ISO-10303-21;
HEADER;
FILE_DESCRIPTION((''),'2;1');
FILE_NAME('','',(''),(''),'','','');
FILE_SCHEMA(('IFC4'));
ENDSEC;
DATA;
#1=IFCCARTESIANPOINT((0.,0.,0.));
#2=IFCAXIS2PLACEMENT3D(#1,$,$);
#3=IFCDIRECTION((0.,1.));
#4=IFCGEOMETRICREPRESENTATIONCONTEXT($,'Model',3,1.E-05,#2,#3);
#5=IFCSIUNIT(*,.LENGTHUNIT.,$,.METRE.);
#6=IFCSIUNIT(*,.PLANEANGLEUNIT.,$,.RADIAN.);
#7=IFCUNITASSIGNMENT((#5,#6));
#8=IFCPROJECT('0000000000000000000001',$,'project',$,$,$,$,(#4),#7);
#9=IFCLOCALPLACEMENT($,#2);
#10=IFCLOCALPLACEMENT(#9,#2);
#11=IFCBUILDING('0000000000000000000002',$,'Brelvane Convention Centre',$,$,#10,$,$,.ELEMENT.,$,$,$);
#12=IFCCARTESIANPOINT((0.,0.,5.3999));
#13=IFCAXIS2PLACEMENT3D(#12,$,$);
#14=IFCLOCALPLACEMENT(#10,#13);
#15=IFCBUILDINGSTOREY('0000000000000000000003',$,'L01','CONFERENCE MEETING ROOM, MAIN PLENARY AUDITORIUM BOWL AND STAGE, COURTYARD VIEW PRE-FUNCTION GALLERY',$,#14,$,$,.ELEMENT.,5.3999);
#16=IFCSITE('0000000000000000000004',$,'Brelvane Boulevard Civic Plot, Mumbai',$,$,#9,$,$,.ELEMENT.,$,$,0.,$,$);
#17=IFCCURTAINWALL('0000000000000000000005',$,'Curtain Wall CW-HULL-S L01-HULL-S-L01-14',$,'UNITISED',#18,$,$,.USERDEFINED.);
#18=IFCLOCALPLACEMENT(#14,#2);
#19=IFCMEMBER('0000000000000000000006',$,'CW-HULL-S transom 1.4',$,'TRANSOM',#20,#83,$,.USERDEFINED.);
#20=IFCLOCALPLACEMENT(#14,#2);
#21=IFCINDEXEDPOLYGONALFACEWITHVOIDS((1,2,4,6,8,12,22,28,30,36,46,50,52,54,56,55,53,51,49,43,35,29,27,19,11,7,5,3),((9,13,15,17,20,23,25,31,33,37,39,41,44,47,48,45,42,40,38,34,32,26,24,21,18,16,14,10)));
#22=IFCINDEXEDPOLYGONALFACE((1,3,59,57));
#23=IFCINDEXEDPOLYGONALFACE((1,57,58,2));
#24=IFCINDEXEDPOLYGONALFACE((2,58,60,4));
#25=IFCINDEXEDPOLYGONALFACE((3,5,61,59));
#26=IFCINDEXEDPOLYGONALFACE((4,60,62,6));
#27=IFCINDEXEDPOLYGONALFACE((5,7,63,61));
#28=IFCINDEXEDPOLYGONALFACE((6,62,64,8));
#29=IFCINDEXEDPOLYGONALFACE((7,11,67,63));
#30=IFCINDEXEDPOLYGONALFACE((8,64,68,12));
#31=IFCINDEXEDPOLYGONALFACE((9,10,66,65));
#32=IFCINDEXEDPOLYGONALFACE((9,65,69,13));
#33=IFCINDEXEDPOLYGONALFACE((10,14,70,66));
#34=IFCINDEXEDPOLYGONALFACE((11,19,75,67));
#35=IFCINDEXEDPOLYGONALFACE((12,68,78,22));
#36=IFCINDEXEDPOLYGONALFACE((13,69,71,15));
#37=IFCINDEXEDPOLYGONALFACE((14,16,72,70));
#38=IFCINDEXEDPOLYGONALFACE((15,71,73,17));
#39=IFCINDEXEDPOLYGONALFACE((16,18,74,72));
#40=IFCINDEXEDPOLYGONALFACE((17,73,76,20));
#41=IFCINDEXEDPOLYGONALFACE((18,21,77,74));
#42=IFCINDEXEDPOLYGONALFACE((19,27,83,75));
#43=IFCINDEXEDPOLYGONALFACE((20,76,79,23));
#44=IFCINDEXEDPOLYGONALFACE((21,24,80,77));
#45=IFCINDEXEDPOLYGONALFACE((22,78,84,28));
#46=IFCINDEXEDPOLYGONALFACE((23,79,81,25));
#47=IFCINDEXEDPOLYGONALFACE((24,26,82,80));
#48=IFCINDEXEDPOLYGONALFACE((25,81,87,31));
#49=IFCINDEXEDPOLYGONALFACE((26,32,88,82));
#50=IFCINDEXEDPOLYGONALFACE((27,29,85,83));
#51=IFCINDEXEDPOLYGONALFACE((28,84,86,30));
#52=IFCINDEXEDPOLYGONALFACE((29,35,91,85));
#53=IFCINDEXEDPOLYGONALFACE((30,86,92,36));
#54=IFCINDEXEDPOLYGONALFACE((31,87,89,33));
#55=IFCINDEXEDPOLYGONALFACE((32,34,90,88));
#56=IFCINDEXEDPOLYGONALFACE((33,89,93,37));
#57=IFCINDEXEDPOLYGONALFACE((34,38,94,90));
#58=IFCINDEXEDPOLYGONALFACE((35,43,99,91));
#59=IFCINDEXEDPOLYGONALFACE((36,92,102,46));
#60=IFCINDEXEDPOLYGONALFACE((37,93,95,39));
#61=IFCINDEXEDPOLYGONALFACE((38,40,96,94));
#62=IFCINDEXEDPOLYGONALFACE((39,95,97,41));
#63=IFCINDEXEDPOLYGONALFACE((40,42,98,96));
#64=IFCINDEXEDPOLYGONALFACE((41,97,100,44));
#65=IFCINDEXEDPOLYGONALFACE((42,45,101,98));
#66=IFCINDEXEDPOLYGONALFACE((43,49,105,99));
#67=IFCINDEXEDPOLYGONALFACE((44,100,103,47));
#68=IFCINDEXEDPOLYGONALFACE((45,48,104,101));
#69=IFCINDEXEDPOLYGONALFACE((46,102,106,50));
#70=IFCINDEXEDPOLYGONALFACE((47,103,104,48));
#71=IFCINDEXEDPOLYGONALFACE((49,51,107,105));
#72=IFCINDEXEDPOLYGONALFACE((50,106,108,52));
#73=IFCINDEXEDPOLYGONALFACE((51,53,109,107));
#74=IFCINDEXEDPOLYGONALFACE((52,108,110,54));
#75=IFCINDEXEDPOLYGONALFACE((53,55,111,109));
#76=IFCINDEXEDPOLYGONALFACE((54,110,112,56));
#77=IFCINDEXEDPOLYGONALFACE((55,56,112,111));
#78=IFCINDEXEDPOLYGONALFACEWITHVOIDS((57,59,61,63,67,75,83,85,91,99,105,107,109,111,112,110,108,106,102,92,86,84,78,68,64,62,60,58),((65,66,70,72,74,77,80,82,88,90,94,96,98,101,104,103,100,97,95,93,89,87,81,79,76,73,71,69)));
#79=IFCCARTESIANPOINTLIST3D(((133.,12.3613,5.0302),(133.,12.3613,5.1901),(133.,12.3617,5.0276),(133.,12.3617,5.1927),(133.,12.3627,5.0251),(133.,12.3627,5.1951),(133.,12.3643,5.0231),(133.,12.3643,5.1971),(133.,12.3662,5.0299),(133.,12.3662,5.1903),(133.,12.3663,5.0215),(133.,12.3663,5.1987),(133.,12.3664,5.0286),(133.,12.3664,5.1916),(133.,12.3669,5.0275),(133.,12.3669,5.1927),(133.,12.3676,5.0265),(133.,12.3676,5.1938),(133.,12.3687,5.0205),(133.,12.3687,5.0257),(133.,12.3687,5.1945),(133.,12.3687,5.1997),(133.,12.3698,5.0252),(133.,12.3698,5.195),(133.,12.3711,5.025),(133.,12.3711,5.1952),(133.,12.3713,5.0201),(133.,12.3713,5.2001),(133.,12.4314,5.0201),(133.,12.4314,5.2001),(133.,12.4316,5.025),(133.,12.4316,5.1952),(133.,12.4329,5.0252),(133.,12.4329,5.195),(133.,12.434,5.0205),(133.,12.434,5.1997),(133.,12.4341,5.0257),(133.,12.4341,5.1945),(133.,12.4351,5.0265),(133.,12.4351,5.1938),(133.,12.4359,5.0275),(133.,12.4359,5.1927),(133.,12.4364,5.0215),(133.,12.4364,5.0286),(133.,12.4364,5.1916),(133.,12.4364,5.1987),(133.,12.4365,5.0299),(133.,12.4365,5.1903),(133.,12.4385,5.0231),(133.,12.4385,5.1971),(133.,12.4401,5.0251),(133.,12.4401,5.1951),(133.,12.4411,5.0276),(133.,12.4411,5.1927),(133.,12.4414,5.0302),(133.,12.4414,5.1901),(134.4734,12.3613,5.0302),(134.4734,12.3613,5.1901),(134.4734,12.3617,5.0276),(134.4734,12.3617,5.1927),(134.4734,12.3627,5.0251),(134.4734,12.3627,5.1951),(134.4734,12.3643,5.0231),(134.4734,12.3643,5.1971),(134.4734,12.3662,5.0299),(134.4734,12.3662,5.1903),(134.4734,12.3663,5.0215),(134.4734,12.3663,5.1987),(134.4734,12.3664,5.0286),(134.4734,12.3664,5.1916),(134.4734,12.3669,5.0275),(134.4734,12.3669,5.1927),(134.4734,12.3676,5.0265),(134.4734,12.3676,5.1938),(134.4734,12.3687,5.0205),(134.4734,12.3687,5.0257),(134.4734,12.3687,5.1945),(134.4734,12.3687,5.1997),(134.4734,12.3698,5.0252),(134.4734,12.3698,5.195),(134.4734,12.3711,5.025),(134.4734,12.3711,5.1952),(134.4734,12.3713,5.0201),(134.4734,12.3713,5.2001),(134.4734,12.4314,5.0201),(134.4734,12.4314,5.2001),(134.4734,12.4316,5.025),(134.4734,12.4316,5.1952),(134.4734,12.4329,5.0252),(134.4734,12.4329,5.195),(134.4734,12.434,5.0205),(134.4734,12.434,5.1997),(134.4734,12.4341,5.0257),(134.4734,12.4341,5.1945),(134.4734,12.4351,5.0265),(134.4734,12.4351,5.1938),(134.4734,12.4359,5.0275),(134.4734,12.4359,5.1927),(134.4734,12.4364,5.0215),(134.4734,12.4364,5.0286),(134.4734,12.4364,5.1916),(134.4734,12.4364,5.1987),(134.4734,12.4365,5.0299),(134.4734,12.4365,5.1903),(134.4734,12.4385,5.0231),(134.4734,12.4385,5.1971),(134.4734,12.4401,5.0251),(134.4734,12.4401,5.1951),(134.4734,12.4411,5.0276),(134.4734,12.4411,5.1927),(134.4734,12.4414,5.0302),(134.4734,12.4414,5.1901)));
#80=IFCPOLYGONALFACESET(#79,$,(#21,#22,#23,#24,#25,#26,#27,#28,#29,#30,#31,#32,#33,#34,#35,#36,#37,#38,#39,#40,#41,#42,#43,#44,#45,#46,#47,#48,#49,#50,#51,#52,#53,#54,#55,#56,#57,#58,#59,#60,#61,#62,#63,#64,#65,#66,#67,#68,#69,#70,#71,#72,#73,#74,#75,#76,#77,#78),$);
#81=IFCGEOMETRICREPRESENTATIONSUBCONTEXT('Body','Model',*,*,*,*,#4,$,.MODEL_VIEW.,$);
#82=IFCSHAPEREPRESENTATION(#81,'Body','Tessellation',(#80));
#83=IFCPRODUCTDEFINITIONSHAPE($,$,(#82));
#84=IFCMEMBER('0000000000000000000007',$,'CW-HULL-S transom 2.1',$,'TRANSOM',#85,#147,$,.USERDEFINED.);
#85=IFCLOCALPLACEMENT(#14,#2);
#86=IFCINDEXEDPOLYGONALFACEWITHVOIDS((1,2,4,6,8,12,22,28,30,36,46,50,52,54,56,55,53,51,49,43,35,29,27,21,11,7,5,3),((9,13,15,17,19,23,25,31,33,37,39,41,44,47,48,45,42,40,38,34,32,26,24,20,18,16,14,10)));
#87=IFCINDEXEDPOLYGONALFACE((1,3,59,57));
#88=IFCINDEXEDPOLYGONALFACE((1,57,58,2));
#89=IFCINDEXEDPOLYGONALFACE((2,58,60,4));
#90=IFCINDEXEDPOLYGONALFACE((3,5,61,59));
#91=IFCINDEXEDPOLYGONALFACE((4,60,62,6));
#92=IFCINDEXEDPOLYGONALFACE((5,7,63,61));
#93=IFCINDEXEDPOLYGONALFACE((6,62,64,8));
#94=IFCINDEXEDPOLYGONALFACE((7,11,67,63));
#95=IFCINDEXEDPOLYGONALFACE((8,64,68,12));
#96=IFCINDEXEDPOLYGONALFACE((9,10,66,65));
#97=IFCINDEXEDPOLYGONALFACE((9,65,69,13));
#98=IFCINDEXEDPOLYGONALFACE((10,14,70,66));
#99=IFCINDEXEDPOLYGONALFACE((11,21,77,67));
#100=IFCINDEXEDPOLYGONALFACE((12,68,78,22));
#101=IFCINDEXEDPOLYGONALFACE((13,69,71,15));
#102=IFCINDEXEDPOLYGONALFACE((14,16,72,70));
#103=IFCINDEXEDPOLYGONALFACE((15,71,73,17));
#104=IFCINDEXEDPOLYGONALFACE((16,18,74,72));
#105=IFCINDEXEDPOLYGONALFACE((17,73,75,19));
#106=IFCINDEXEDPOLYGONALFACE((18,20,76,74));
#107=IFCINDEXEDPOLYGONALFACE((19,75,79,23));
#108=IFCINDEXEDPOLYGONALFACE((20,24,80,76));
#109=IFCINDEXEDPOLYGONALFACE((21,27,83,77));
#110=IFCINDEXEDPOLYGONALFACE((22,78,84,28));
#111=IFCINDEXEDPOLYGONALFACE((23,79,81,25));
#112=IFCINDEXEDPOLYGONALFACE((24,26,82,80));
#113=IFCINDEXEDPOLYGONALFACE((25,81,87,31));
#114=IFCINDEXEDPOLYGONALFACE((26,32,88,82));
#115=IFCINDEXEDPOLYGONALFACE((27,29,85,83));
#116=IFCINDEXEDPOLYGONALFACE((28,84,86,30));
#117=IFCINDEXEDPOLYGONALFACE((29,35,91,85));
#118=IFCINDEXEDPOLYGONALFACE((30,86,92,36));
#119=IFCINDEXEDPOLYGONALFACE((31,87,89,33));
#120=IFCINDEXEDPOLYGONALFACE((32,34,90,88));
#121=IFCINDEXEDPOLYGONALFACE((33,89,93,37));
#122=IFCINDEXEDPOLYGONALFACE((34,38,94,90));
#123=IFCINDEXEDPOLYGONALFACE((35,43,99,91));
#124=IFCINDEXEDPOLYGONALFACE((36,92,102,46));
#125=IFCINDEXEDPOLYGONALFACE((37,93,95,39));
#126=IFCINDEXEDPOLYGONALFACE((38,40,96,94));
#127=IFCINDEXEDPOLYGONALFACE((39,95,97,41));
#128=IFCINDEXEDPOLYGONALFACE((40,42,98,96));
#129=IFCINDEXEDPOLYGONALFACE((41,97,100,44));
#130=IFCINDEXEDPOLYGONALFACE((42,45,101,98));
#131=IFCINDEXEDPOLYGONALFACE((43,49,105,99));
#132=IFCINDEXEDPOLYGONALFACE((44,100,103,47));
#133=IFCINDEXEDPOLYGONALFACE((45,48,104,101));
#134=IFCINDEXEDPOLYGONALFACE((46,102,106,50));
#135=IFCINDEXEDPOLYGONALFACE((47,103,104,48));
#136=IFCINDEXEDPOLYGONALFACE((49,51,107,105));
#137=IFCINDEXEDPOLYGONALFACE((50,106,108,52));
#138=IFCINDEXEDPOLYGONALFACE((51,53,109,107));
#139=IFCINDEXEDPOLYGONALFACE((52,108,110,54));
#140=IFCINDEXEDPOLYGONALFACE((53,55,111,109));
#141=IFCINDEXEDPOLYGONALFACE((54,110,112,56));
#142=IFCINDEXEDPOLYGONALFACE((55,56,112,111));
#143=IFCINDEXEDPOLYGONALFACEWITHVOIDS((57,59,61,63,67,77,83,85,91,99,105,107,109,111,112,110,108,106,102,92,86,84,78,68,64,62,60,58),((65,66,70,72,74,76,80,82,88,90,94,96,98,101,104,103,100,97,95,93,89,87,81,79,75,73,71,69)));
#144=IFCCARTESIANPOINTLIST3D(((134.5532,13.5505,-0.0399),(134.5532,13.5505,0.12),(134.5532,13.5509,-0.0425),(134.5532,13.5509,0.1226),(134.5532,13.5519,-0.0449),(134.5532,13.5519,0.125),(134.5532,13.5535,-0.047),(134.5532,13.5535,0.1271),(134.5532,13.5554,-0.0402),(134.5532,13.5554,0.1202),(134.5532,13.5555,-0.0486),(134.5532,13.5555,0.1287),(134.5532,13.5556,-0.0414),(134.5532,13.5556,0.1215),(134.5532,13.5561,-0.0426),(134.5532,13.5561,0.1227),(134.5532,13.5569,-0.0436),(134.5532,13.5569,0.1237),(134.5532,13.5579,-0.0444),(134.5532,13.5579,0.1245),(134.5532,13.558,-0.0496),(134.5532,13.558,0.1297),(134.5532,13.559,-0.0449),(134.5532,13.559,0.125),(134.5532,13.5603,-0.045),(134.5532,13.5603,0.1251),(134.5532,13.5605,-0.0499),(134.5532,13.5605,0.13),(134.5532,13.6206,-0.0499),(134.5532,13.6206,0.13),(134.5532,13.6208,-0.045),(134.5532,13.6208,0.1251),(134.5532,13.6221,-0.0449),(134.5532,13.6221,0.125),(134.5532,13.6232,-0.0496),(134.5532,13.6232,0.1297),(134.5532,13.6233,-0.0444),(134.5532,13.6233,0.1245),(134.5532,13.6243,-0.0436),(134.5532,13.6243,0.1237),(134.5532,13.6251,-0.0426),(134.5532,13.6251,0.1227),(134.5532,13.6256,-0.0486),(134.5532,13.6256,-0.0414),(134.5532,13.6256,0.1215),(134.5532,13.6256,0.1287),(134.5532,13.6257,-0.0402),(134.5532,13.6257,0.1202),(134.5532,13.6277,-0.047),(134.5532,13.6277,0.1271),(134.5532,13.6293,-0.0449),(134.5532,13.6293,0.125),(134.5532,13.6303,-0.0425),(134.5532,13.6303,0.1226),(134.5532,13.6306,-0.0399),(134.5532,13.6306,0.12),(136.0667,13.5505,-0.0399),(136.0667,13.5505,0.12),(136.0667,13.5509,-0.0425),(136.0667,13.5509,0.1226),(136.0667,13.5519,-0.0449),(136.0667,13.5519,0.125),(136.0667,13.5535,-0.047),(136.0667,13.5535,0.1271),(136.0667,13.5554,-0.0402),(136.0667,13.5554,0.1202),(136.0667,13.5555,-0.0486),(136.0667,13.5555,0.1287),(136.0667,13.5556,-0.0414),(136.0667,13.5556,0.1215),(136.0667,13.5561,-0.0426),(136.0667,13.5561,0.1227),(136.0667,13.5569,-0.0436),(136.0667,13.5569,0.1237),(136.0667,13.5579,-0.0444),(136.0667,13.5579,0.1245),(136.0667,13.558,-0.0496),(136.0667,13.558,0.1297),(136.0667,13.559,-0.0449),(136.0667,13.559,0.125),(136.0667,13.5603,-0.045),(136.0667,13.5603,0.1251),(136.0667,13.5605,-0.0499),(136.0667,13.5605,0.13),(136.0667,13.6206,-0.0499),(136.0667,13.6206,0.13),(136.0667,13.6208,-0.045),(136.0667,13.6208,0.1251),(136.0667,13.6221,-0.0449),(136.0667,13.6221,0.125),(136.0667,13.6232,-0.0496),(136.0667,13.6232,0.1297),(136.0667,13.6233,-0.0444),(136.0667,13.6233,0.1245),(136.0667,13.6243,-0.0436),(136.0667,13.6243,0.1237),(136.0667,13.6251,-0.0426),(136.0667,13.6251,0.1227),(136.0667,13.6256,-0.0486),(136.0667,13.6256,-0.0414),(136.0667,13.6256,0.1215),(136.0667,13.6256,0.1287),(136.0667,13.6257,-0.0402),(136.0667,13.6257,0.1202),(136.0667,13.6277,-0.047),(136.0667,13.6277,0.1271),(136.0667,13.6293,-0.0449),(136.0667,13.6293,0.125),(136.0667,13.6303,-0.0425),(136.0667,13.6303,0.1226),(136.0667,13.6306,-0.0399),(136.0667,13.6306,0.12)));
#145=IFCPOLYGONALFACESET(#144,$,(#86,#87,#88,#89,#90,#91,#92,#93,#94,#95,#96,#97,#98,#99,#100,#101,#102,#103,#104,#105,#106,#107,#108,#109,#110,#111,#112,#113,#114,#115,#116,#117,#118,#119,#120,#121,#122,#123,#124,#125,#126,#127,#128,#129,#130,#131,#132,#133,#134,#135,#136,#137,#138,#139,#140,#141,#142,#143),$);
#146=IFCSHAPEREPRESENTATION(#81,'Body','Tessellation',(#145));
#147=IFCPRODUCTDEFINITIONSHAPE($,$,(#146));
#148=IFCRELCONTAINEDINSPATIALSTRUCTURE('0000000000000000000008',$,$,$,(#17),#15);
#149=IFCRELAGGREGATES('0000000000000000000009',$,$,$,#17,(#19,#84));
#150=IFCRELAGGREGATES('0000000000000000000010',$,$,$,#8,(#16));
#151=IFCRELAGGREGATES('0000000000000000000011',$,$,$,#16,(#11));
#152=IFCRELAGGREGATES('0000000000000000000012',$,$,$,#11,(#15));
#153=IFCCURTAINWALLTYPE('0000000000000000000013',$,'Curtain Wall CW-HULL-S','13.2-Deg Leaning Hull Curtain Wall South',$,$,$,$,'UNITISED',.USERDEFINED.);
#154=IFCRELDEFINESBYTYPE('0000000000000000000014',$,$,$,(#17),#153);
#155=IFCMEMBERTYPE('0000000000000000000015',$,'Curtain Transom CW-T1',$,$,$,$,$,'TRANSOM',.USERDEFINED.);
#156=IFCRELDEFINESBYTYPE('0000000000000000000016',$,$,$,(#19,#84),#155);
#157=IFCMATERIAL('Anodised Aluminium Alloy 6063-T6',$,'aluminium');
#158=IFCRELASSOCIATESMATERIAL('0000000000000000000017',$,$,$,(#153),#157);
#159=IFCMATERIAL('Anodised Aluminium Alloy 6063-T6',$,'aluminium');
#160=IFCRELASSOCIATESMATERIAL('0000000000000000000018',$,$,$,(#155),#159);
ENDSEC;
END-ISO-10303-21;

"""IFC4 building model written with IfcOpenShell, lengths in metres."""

from ifc_helpers import new_model, si_unit, direction, frame, origin, origin_2d, place, context, subcontext, project, spatial, hollow_rectangle, extrude, material, material_profile, profile_set, type_object, element, aggregate, save


model = new_model("IFC4")

# Units and contexts
model_context = context("Model", 3, precision=1e-05, world=origin(), true_north=direction((0.0, 1.0)))
body_context = subcontext(model_context, "Body", "Model", "MODEL_VIEW")
ifc_project = project(units=[si_unit("LENGTHUNIT", "METRE"), si_unit("PLANEANGLEUNIT", "RADIAN")], contexts=[model_context])

# Site, building, storey
site_placement = place(None, origin())
site = spatial("IfcSite", under=ifc_project, at=site_placement, Name="Brelvane Boulevard Civic Plot, Mumbai", CompositionType="ELEMENT", RefElevation=0.0)
building_placement = place(site_placement, origin())
building = spatial("IfcBuilding", under=site, at=building_placement, Name="Brelvane Convention Centre", CompositionType="ELEMENT")
storey_placement = place(building_placement, frame((0.0, 0.0, 5.3999)))
storey = spatial("IfcBuildingStorey", under=building, at=storey_placement, Name="L01", Description="CONFERENCE MEETING ROOM, MAIN PLENARY AUDITORIUM BOWL AND STAGE, COURTYARD VIEW PRE-FUNCTION GALLERY", CompositionType="ELEMENT", Elevation=5.3999)

# Curtain wall
ifc_material_1 = material(Name="Anodised Aluminium Alloy 6063-T6", Category="aluminium")
curtain_wall_type = type_object("IfcCurtainWallType", Name="Curtain Wall CW-HULL-S", Description="13.2-Deg Leaning Hull Curtain Wall South", ElementType="UNITISED", PredefinedType="USERDEFINED", material=ifc_material_1)
curtain_wall_1_placement = place(storey_placement, origin())
curtain_wall_1 = element("IfcCurtainWall", 1, at=curtain_wall_1_placement, inside=storey, type_object=curtain_wall_type, Name="Curtain Wall CW-HULL-S L01-HULL-S-L01-14", ObjectType="UNITISED", PredefinedType="USERDEFINED")

# Members
ifc_material_2 = material(Name="Anodised Aluminium Alloy 6063-T6", Category="aluminium")
ifc_material_profile_1 = material_profile(ifc_material_2, hollow_rectangle(XDim=0.0801, YDim=0.1799, WallThickness=0.0049, InnerFilletRadius=0.0049, OuterFilletRadius=0.01, at=origin_2d()), Name="ALU-T 180x80x5.0")
ifc_profile_set_1 = profile_set([ifc_material_profile_1], Name="Anodised Aluminium Alloy 6063-T6")
member_type_1 = type_object("IfcMemberType", Name="Curtain Transom CW-T1", ElementType="TRANSOM", PredefinedType="USERDEFINED", material=ifc_profile_set_1)
member_1_placement = place(storey_placement, frame((133.0, 12.4014, 5.1101), z_axis=(1.0, 0.0, 0.0), x_axis=(0.0, 1.0, 0.0)))
member_1 = element("IfcMember", 2, at=member_1_placement, type_object=member_type_1, Name="CW-HULL-S transom 1.4", ObjectType="TRANSOM", PredefinedType="USERDEFINED", context=body_context, shape_type="SweptSolid", body=[
    extrude(hollow_rectangle(XDim=0.0801, YDim=0.1799, WallThickness=0.0049, InnerFilletRadius=0.0049, OuterFilletRadius=0.01, at=origin_2d()), origin(), (0.0, 0.0, 1.0), 1.4734),
])
member_2_placement = place(storey_placement, frame((134.5532, 13.5906, 0.04), z_axis=(1.0, 0.0, 0.0), x_axis=(0.0, 1.0, 0.0)))
member_2 = element("IfcMember", 3, at=member_2_placement, type_object=member_type_1, Name="CW-HULL-S transom 2.1", ObjectType="TRANSOM", PredefinedType="USERDEFINED", context=body_context, shape_type="SweptSolid", body=[
    extrude(hollow_rectangle(XDim=0.0801, YDim=0.1799, WallThickness=0.0049, InnerFilletRadius=0.0049, OuterFilletRadius=0.01, at=origin_2d()), origin(), (0.0, 0.0, 1.0), 1.5134),
])

aggregate(curtain_wall_1, [member_1, member_2])

save(model, "model.ifc")
